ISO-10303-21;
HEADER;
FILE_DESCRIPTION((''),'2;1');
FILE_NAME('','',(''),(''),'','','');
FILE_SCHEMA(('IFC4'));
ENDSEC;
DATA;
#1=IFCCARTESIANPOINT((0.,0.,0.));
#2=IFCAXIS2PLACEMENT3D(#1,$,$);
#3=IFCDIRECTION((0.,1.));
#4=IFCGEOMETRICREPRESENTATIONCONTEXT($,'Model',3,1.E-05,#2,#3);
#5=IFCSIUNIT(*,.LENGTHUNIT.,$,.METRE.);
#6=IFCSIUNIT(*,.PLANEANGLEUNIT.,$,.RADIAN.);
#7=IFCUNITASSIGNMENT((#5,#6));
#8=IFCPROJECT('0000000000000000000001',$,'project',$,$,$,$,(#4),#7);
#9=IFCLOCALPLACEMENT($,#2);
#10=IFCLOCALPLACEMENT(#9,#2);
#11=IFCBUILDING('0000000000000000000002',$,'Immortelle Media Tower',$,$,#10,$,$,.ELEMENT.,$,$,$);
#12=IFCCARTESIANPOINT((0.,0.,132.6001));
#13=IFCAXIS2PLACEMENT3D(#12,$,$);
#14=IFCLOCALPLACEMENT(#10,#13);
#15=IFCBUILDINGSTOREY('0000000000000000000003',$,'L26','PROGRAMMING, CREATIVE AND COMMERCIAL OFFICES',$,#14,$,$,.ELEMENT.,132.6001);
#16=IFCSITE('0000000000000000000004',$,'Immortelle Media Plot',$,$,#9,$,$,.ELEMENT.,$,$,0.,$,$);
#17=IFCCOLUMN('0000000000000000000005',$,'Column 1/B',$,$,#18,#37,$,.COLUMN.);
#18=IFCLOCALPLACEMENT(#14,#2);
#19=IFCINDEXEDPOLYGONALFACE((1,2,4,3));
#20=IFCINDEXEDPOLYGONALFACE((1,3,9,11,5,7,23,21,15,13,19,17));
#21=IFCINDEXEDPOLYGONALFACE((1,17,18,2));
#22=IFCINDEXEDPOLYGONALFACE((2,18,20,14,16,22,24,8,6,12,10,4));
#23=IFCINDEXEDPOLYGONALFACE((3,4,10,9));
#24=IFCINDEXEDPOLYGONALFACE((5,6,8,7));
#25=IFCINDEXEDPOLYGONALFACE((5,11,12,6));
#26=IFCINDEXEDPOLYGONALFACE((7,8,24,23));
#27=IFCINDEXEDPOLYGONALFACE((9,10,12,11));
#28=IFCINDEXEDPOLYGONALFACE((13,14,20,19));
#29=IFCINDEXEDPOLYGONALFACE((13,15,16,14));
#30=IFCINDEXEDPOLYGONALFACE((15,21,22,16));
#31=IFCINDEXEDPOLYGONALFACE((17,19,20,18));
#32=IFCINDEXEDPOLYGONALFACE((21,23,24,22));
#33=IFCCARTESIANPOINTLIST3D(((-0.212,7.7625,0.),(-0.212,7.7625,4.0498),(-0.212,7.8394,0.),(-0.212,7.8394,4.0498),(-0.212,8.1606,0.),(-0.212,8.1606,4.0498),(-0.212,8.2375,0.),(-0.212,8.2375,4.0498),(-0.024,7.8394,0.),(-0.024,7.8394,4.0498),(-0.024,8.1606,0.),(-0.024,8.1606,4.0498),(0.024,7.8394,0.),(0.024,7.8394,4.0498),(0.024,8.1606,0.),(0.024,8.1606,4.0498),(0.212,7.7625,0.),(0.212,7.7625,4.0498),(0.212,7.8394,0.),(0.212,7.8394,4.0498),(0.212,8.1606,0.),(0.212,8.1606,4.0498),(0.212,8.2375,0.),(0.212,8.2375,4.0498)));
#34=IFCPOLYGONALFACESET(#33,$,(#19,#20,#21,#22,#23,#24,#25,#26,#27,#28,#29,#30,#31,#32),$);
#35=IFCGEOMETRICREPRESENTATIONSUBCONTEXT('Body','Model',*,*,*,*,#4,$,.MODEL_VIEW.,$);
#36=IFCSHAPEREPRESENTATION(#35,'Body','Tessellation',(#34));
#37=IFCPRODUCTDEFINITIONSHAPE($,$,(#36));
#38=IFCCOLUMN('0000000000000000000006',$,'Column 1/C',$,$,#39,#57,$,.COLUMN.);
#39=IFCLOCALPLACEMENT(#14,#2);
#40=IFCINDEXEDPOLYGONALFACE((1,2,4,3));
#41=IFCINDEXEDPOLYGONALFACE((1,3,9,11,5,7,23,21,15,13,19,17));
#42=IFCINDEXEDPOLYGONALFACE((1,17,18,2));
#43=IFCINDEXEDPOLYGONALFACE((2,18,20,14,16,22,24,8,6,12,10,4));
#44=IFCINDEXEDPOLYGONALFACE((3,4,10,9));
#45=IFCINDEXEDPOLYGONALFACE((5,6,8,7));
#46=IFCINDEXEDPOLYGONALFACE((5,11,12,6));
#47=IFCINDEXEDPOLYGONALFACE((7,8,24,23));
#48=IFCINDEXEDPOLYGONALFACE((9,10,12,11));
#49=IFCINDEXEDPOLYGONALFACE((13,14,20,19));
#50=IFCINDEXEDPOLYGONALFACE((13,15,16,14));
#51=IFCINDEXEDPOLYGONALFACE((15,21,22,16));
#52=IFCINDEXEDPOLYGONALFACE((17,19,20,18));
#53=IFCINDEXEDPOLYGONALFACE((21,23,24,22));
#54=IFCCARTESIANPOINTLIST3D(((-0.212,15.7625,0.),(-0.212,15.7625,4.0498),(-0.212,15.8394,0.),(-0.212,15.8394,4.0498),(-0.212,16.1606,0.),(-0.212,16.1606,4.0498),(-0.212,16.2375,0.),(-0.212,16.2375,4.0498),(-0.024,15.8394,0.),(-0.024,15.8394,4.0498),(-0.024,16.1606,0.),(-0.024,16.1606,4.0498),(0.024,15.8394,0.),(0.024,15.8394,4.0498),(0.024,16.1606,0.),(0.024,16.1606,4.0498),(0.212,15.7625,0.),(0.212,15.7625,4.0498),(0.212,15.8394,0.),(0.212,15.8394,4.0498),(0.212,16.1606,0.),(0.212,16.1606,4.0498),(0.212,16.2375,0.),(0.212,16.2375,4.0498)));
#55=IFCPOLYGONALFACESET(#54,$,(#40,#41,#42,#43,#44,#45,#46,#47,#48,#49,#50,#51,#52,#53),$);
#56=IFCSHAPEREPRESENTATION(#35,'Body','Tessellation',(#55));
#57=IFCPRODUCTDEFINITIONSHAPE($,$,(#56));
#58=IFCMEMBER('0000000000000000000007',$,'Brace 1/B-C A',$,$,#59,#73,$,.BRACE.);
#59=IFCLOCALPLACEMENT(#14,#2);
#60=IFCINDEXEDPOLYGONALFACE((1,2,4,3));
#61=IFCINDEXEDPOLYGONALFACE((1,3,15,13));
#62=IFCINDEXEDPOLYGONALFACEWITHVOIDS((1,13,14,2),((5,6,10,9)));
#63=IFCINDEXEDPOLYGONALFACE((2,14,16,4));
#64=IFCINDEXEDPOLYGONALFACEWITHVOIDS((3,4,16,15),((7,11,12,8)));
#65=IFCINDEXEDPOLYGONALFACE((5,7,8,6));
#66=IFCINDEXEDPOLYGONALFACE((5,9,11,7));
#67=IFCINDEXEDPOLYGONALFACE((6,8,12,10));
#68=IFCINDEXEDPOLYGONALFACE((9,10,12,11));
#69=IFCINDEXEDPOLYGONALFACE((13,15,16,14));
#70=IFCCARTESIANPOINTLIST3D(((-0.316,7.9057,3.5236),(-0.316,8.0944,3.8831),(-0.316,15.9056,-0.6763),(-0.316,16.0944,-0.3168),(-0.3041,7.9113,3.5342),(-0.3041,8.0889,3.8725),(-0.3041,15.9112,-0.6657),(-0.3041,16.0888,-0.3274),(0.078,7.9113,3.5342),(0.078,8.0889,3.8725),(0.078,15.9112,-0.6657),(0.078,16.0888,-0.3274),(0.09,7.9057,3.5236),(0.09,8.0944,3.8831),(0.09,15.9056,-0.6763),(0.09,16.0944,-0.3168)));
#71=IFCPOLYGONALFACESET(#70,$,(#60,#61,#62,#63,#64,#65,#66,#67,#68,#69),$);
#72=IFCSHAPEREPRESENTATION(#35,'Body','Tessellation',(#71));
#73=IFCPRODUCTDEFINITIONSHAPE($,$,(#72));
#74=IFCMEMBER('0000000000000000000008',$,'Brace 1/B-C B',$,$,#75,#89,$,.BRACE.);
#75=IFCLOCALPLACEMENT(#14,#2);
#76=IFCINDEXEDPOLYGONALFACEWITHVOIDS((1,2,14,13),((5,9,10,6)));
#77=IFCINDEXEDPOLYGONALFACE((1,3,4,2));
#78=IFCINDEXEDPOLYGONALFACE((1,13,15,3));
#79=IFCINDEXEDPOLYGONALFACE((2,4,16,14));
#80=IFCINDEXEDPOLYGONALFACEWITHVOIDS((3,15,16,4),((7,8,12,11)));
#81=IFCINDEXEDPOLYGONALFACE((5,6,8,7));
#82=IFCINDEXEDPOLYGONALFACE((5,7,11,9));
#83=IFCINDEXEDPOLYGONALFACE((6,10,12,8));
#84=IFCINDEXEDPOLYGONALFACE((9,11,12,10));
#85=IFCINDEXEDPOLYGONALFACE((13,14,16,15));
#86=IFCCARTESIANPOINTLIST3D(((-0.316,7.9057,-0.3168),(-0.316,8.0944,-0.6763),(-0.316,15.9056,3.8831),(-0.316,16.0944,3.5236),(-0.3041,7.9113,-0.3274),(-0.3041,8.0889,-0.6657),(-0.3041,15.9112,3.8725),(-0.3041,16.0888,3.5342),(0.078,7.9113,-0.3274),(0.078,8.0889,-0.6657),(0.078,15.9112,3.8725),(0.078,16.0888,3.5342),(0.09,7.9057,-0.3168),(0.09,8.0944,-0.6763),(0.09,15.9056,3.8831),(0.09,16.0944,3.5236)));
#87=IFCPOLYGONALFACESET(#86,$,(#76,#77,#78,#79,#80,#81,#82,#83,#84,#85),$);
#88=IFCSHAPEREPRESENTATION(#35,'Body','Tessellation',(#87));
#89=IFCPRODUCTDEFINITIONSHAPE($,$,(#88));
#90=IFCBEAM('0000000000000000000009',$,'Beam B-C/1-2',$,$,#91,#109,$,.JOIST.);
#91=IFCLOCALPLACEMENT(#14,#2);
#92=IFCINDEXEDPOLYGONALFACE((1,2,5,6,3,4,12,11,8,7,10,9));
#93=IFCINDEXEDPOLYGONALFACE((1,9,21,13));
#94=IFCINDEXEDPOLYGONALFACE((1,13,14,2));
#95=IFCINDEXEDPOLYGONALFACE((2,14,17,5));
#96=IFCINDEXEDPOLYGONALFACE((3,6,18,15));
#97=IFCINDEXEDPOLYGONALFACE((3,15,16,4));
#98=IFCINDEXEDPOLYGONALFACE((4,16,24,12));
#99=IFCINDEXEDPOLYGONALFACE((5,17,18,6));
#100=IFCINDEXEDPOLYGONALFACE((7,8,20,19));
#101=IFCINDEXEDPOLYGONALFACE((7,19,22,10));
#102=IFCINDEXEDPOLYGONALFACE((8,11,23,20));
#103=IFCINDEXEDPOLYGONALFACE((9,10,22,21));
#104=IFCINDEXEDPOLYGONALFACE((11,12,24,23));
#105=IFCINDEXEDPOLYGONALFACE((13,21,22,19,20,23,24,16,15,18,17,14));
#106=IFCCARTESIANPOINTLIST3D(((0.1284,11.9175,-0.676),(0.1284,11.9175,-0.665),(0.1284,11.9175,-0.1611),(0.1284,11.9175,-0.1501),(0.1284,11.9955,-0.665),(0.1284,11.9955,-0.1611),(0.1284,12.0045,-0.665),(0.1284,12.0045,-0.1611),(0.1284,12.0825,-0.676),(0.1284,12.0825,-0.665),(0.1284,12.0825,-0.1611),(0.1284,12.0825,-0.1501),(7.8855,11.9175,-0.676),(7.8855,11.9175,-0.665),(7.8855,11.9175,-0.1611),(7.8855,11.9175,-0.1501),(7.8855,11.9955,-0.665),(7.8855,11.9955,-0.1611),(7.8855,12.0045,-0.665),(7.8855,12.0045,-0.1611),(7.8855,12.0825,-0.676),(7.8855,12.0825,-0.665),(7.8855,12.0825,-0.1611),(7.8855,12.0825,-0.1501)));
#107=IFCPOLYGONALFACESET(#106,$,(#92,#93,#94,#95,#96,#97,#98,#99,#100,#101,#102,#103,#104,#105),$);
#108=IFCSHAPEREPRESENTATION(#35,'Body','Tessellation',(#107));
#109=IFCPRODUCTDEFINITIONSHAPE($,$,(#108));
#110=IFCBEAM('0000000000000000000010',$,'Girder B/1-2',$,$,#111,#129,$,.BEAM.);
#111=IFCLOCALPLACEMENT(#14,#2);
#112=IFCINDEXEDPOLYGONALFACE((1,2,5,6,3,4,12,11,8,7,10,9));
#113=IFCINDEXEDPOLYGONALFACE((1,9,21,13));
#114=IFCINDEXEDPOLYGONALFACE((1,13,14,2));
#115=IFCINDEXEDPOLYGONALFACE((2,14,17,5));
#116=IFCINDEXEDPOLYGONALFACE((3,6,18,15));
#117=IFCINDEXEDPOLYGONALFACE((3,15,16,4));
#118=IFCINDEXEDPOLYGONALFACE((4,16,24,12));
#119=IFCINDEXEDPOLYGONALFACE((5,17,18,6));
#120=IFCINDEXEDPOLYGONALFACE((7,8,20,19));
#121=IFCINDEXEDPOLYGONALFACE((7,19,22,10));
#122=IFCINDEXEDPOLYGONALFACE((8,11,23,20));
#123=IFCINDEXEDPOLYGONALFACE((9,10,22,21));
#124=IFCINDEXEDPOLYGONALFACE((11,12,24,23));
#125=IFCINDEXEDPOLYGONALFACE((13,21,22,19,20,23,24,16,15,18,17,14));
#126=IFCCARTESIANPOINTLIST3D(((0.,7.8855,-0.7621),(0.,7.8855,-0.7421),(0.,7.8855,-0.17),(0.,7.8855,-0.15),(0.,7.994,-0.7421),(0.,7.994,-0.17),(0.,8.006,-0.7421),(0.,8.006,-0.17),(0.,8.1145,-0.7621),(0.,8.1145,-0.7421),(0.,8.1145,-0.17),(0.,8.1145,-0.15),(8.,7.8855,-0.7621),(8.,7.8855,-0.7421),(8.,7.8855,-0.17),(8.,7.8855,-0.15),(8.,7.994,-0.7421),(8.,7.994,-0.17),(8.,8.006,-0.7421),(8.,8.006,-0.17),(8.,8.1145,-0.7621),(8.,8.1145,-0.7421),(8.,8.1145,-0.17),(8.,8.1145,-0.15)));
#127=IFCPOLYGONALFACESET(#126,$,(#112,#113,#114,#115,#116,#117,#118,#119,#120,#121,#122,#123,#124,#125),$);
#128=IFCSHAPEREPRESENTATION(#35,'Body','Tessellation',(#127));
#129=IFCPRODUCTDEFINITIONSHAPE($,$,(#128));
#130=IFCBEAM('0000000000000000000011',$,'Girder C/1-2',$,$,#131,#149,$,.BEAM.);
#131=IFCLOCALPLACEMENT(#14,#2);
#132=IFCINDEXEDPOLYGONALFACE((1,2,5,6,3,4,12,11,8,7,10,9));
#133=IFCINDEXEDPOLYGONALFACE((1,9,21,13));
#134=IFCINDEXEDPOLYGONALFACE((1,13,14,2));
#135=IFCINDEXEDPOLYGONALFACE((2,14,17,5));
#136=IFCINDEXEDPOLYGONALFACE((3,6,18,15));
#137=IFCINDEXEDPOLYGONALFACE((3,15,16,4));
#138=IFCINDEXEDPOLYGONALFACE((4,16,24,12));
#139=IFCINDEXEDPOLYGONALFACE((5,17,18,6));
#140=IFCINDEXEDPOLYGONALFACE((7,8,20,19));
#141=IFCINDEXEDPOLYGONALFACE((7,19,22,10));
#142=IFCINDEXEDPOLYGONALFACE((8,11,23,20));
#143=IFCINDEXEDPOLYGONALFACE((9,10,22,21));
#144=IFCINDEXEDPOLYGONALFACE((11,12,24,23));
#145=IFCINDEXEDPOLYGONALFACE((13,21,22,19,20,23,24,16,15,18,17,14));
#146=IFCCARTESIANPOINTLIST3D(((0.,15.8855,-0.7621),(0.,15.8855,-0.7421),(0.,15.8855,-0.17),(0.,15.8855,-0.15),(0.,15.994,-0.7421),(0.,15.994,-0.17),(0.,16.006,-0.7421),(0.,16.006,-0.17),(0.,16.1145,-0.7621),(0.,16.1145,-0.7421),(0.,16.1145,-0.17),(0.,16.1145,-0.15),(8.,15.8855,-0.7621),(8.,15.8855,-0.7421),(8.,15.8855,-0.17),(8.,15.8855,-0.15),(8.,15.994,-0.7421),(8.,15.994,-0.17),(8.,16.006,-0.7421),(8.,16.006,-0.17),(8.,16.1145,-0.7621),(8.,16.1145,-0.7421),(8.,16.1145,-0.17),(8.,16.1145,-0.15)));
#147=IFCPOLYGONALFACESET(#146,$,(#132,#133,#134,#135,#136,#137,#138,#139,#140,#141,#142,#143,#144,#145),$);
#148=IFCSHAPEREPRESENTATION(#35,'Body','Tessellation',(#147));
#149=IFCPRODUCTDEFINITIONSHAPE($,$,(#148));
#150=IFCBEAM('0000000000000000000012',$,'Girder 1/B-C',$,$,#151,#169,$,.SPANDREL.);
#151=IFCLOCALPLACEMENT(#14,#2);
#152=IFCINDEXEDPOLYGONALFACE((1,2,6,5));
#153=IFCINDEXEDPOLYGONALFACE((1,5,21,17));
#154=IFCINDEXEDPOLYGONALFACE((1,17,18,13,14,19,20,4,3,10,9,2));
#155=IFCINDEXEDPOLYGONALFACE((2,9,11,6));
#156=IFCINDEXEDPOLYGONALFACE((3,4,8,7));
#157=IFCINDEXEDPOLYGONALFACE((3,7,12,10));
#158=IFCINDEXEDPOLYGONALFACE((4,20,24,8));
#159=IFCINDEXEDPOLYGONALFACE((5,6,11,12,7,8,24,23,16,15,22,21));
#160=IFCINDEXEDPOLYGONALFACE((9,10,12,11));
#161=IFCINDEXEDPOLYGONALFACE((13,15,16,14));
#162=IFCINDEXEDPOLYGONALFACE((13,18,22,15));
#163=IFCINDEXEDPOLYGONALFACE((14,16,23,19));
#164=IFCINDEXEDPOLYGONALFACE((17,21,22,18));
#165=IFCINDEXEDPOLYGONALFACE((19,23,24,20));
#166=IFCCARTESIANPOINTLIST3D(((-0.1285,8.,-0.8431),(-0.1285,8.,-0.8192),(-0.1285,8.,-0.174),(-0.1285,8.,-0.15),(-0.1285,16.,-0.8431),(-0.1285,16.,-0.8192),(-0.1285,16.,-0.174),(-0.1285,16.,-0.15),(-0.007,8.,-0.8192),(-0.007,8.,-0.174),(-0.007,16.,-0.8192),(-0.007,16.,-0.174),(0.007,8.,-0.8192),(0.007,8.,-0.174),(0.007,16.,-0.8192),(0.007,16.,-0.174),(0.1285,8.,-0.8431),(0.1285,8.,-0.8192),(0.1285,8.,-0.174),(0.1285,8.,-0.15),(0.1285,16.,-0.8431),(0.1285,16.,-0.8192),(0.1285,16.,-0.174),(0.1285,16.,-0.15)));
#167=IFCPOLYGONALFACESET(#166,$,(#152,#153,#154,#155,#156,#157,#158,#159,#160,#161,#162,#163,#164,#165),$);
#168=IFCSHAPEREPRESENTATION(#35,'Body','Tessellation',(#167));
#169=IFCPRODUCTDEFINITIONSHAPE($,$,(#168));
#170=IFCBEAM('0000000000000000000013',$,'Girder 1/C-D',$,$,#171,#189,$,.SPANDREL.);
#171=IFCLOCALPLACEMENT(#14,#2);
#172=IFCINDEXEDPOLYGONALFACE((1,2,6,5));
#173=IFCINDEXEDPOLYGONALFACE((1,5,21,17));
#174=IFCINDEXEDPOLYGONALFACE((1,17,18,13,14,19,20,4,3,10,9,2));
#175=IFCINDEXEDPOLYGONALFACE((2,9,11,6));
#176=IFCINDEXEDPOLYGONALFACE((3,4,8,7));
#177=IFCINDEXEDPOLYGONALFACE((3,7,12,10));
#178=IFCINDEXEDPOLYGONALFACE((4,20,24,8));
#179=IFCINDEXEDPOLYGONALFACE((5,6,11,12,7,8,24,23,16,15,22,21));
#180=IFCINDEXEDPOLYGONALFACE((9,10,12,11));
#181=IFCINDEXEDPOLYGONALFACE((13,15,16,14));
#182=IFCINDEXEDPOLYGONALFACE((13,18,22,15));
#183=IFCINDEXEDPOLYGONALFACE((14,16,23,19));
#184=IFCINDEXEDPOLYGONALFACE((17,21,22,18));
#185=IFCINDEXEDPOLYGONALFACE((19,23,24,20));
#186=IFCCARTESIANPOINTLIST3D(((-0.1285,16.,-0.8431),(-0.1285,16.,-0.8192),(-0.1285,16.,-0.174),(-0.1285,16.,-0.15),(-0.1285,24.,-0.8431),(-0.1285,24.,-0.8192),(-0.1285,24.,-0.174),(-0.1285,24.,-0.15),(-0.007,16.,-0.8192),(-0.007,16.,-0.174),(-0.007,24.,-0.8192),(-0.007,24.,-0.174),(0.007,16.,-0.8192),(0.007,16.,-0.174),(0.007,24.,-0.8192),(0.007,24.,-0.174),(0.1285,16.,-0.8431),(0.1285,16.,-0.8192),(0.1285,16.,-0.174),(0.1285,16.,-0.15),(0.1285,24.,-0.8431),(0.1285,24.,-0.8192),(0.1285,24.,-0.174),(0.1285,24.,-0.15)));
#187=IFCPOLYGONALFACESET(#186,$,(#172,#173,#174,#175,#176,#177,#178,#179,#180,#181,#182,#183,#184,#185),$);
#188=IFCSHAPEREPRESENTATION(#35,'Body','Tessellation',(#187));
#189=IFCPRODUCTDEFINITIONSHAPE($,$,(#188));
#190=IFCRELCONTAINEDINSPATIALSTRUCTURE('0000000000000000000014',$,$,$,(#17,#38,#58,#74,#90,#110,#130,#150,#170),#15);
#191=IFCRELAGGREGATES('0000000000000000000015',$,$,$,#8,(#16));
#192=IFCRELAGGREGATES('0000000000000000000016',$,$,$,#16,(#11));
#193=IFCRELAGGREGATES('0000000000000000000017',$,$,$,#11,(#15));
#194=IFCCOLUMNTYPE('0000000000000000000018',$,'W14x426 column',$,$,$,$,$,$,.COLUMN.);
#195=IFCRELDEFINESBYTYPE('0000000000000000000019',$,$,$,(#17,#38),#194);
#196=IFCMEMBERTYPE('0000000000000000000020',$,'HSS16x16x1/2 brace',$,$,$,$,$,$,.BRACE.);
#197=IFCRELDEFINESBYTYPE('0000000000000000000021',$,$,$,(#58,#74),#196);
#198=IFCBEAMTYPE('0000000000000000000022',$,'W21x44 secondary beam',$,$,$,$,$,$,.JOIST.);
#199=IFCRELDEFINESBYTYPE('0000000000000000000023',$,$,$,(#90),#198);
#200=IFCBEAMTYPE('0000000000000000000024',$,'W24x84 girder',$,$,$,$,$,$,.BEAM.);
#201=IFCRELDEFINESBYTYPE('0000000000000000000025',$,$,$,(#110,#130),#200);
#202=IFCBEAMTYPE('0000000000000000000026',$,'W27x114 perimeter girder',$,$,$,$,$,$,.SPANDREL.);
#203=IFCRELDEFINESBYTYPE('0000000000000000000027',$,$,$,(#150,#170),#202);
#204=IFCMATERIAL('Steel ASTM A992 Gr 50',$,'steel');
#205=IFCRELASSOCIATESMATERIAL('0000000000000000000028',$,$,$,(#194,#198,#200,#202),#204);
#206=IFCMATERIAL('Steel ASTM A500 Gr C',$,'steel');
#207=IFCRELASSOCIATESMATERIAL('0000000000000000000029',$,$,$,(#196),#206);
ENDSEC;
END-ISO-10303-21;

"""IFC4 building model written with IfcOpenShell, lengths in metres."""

from ifc_helpers import new_model, si_unit, direction, frame, origin, origin_2d, place, context, subcontext, project, spatial, hollow_rectangle, i_section, extrude, material, material_profile, profile_set, type_object, element, save


model = new_model("IFC4")

# Units and contexts
model_context = context("Model", 3, precision=1e-05, world=origin(), true_north=direction((0.0, 1.0)))
body_context = subcontext(model_context, "Body", "Model", "MODEL_VIEW")
ifc_project = project(units=[si_unit("LENGTHUNIT", "METRE"), si_unit("PLANEANGLEUNIT", "RADIAN")], contexts=[model_context])

# Site, building, storey
site_placement = place(None, origin())
site = spatial("IfcSite", under=ifc_project, at=site_placement, Name="Immortelle Media Plot", CompositionType="ELEMENT", RefElevation=0.0)
building_placement = place(site_placement, origin())
building = spatial("IfcBuilding", under=site, at=building_placement, Name="Immortelle Media Tower", CompositionType="ELEMENT")
storey_placement = place(building_placement, frame((0.0, 0.0, 132.6001)))
storey = spatial("IfcBuildingStorey", under=building, at=storey_placement, Name="L26", Description="PROGRAMMING, CREATIVE AND COMMERCIAL OFFICES", CompositionType="ELEMENT", Elevation=132.6001)

# Columns
ifc_material_1 = material(Name="Steel ASTM A992 Gr 50", Category="steel")
ifc_material_profile_1 = material_profile(ifc_material_1, i_section(OverallWidth=0.4241, OverallDepth=0.4751, WebThickness=0.0481, FlangeThickness=0.0769, at=origin_2d()), Name="W14x426")
ifc_profile_set_1 = profile_set([ifc_material_profile_1], Name="Steel ASTM A992 Gr 50")
column_type = type_object("IfcColumnType", Name="W14x426 column", PredefinedType="COLUMN", material=ifc_profile_set_1)
for number, where, z_axis, x_axis, name in (
    (1, (0.0, 8.0, 0.0), (0.0, 0.0, 1.0), (1.0, 0.0, 0.0), "Column 1/B"),
    (2, (0.0, 16.0, 0.0), (0.0, 0.0, 1.0), (1.0, 0.0, 0.0), "Column 1/C"),
):
    element("IfcColumn", number, at=place(storey_placement, frame(where, z_axis=z_axis, x_axis=x_axis)), inside=storey, type_object=column_type, Name=name, PredefinedType="COLUMN", context=body_context, shape_type="SweptSolid", body=[
        extrude(i_section(OverallWidth=0.4241, OverallDepth=0.4751, WebThickness=0.0481, FlangeThickness=0.0769, at=origin_2d()), origin(), (0.0, 0.0, 1.0), 4.0498),
    ])

# Members
ifc_material_2 = material(Name="Steel ASTM A500 Gr C", Category="steel")
ifc_material_profile_2 = material_profile(ifc_material_2, hollow_rectangle(XDim=0.406, YDim=0.406, WallThickness=0.012, at=origin_2d()), Name="HSS16x16x1/2 brace")
ifc_profile_set_2 = profile_set([ifc_material_profile_2], Name="Steel ASTM A500 Gr C")
member_type = type_object("IfcMemberType", Name="HSS16x16x1/2 brace", PredefinedType="BRACE", material=ifc_profile_set_2)
for number, where, z_axis, x_axis, name in (
    (3, (-0.113, 16.0, -0.4966), (0.0, -0.8854, 0.46483), (1.0, 0.0, 0.0), "Brace 1/B-C A"),
    (4, (-0.113, 16.0, 3.7034), (0.0, -0.8854, -0.46483), (1.0, 0.0, 0.0), "Brace 1/B-C B"),
):
    element("IfcMember", number, at=place(storey_placement, frame(where, z_axis=z_axis, x_axis=x_axis)), inside=storey, type_object=member_type, Name=name, PredefinedType="BRACE", context=body_context, shape_type="SweptSolid", body=[
        extrude(hollow_rectangle(XDim=0.406, YDim=0.406, WallThickness=0.012, at=origin_2d()), origin(), (0.0, 0.0, 1.0), 9.0354),
    ])

# Beams
ifc_material_profile_3 = material_profile(ifc_material_1, i_section(OverallWidth=0.165, OverallDepth=0.5259, WebThickness=0.009, FlangeThickness=0.011, at=origin_2d()), Name="W21x44")
ifc_profile_set_3 = profile_set([ifc_material_profile_3], Name="Steel ASTM A992 Gr 50")
beam_type_1 = type_object("IfcBeamType", Name="W21x44 secondary beam", PredefinedType="JOIST", material=ifc_profile_set_3)
beam_placement = place(storey_placement, frame((0.1284, 12.0, -0.4131), z_axis=(1.0, 0.0, 0.0), x_axis=(0.0, 1.0, 0.0)))
element("IfcBeam", 5, at=beam_placement, inside=storey, type_object=beam_type_1, Name="Beam B-C/1-2", PredefinedType="JOIST", context=body_context, shape_type="SweptSolid", body=[
    extrude(i_section(OverallWidth=0.165, OverallDepth=0.5259, WebThickness=0.009, FlangeThickness=0.011, at=origin_2d()), origin(), (0.0, 0.0, 1.0), 7.7571),
])
ifc_material_profile_4 = material_profile(ifc_material_1, i_section(OverallWidth=0.229, OverallDepth=0.6121, WebThickness=0.012, FlangeThickness=0.02, at=origin_2d()), Name="W24x84")
ifc_profile_set_4 = profile_set([ifc_material_profile_4], Name="Steel ASTM A992 Gr 50")
beam_type_2 = type_object("IfcBeamType", Name="W24x84 girder", PredefinedType="BEAM", material=ifc_profile_set_4)
for number, where, z_axis, x_axis, name in (
    (6, (0.0, 8.0, -0.4561), (1.0, 0.0, 0.0), (0.0, 1.0, 0.0), "Girder B/1-2"),
    (7, (0.0, 16.0, -0.4561), (1.0, 0.0, 0.0), (0.0, 1.0, 0.0), "Girder C/1-2"),
):
    element("IfcBeam", number, at=place(storey_placement, frame(where, z_axis=z_axis, x_axis=x_axis)), inside=storey, type_object=beam_type_2, Name=name, PredefinedType="BEAM", context=body_context, shape_type="SweptSolid", body=[
        extrude(i_section(OverallWidth=0.229, OverallDepth=0.6121, WebThickness=0.012, FlangeThickness=0.02, at=origin_2d()), origin(), (0.0, 0.0, 1.0), 8.0),
    ])
ifc_material_profile_5 = material_profile(ifc_material_1, i_section(OverallWidth=0.2571, OverallDepth=0.6931, WebThickness=0.0139, FlangeThickness=0.0239, at=origin_2d()), Name="W27x114")
ifc_profile_set_5 = profile_set([ifc_material_profile_5], Name="Steel ASTM A992 Gr 50")
beam_type_3 = type_object("IfcBeamType", Name="W27x114 perimeter girder", PredefinedType="SPANDREL", material=ifc_profile_set_5)
for number, where, z_axis, x_axis, name in (
    (8, (0.0, 8.0, -0.4966), (0.0, 1.0, 0.0), (-1.0, 0.0, 0.0), "Girder 1/B-C"),
    (9, (0.0, 16.0, -0.4966), (0.0, 1.0, 0.0), (-1.0, 0.0, 0.0), "Girder 1/C-D"),
):
    element("IfcBeam", number, at=place(storey_placement, frame(where, z_axis=z_axis, x_axis=x_axis)), inside=storey, type_object=beam_type_3, Name=name, PredefinedType="SPANDREL", context=body_context, shape_type="SweptSolid", body=[
        extrude(i_section(OverallWidth=0.2571, OverallDepth=0.6931, WebThickness=0.0139, FlangeThickness=0.0239, at=origin_2d()), origin(), (0.0, 0.0, 1.0), 8.0),
    ])

save(model, "model.ifc")
